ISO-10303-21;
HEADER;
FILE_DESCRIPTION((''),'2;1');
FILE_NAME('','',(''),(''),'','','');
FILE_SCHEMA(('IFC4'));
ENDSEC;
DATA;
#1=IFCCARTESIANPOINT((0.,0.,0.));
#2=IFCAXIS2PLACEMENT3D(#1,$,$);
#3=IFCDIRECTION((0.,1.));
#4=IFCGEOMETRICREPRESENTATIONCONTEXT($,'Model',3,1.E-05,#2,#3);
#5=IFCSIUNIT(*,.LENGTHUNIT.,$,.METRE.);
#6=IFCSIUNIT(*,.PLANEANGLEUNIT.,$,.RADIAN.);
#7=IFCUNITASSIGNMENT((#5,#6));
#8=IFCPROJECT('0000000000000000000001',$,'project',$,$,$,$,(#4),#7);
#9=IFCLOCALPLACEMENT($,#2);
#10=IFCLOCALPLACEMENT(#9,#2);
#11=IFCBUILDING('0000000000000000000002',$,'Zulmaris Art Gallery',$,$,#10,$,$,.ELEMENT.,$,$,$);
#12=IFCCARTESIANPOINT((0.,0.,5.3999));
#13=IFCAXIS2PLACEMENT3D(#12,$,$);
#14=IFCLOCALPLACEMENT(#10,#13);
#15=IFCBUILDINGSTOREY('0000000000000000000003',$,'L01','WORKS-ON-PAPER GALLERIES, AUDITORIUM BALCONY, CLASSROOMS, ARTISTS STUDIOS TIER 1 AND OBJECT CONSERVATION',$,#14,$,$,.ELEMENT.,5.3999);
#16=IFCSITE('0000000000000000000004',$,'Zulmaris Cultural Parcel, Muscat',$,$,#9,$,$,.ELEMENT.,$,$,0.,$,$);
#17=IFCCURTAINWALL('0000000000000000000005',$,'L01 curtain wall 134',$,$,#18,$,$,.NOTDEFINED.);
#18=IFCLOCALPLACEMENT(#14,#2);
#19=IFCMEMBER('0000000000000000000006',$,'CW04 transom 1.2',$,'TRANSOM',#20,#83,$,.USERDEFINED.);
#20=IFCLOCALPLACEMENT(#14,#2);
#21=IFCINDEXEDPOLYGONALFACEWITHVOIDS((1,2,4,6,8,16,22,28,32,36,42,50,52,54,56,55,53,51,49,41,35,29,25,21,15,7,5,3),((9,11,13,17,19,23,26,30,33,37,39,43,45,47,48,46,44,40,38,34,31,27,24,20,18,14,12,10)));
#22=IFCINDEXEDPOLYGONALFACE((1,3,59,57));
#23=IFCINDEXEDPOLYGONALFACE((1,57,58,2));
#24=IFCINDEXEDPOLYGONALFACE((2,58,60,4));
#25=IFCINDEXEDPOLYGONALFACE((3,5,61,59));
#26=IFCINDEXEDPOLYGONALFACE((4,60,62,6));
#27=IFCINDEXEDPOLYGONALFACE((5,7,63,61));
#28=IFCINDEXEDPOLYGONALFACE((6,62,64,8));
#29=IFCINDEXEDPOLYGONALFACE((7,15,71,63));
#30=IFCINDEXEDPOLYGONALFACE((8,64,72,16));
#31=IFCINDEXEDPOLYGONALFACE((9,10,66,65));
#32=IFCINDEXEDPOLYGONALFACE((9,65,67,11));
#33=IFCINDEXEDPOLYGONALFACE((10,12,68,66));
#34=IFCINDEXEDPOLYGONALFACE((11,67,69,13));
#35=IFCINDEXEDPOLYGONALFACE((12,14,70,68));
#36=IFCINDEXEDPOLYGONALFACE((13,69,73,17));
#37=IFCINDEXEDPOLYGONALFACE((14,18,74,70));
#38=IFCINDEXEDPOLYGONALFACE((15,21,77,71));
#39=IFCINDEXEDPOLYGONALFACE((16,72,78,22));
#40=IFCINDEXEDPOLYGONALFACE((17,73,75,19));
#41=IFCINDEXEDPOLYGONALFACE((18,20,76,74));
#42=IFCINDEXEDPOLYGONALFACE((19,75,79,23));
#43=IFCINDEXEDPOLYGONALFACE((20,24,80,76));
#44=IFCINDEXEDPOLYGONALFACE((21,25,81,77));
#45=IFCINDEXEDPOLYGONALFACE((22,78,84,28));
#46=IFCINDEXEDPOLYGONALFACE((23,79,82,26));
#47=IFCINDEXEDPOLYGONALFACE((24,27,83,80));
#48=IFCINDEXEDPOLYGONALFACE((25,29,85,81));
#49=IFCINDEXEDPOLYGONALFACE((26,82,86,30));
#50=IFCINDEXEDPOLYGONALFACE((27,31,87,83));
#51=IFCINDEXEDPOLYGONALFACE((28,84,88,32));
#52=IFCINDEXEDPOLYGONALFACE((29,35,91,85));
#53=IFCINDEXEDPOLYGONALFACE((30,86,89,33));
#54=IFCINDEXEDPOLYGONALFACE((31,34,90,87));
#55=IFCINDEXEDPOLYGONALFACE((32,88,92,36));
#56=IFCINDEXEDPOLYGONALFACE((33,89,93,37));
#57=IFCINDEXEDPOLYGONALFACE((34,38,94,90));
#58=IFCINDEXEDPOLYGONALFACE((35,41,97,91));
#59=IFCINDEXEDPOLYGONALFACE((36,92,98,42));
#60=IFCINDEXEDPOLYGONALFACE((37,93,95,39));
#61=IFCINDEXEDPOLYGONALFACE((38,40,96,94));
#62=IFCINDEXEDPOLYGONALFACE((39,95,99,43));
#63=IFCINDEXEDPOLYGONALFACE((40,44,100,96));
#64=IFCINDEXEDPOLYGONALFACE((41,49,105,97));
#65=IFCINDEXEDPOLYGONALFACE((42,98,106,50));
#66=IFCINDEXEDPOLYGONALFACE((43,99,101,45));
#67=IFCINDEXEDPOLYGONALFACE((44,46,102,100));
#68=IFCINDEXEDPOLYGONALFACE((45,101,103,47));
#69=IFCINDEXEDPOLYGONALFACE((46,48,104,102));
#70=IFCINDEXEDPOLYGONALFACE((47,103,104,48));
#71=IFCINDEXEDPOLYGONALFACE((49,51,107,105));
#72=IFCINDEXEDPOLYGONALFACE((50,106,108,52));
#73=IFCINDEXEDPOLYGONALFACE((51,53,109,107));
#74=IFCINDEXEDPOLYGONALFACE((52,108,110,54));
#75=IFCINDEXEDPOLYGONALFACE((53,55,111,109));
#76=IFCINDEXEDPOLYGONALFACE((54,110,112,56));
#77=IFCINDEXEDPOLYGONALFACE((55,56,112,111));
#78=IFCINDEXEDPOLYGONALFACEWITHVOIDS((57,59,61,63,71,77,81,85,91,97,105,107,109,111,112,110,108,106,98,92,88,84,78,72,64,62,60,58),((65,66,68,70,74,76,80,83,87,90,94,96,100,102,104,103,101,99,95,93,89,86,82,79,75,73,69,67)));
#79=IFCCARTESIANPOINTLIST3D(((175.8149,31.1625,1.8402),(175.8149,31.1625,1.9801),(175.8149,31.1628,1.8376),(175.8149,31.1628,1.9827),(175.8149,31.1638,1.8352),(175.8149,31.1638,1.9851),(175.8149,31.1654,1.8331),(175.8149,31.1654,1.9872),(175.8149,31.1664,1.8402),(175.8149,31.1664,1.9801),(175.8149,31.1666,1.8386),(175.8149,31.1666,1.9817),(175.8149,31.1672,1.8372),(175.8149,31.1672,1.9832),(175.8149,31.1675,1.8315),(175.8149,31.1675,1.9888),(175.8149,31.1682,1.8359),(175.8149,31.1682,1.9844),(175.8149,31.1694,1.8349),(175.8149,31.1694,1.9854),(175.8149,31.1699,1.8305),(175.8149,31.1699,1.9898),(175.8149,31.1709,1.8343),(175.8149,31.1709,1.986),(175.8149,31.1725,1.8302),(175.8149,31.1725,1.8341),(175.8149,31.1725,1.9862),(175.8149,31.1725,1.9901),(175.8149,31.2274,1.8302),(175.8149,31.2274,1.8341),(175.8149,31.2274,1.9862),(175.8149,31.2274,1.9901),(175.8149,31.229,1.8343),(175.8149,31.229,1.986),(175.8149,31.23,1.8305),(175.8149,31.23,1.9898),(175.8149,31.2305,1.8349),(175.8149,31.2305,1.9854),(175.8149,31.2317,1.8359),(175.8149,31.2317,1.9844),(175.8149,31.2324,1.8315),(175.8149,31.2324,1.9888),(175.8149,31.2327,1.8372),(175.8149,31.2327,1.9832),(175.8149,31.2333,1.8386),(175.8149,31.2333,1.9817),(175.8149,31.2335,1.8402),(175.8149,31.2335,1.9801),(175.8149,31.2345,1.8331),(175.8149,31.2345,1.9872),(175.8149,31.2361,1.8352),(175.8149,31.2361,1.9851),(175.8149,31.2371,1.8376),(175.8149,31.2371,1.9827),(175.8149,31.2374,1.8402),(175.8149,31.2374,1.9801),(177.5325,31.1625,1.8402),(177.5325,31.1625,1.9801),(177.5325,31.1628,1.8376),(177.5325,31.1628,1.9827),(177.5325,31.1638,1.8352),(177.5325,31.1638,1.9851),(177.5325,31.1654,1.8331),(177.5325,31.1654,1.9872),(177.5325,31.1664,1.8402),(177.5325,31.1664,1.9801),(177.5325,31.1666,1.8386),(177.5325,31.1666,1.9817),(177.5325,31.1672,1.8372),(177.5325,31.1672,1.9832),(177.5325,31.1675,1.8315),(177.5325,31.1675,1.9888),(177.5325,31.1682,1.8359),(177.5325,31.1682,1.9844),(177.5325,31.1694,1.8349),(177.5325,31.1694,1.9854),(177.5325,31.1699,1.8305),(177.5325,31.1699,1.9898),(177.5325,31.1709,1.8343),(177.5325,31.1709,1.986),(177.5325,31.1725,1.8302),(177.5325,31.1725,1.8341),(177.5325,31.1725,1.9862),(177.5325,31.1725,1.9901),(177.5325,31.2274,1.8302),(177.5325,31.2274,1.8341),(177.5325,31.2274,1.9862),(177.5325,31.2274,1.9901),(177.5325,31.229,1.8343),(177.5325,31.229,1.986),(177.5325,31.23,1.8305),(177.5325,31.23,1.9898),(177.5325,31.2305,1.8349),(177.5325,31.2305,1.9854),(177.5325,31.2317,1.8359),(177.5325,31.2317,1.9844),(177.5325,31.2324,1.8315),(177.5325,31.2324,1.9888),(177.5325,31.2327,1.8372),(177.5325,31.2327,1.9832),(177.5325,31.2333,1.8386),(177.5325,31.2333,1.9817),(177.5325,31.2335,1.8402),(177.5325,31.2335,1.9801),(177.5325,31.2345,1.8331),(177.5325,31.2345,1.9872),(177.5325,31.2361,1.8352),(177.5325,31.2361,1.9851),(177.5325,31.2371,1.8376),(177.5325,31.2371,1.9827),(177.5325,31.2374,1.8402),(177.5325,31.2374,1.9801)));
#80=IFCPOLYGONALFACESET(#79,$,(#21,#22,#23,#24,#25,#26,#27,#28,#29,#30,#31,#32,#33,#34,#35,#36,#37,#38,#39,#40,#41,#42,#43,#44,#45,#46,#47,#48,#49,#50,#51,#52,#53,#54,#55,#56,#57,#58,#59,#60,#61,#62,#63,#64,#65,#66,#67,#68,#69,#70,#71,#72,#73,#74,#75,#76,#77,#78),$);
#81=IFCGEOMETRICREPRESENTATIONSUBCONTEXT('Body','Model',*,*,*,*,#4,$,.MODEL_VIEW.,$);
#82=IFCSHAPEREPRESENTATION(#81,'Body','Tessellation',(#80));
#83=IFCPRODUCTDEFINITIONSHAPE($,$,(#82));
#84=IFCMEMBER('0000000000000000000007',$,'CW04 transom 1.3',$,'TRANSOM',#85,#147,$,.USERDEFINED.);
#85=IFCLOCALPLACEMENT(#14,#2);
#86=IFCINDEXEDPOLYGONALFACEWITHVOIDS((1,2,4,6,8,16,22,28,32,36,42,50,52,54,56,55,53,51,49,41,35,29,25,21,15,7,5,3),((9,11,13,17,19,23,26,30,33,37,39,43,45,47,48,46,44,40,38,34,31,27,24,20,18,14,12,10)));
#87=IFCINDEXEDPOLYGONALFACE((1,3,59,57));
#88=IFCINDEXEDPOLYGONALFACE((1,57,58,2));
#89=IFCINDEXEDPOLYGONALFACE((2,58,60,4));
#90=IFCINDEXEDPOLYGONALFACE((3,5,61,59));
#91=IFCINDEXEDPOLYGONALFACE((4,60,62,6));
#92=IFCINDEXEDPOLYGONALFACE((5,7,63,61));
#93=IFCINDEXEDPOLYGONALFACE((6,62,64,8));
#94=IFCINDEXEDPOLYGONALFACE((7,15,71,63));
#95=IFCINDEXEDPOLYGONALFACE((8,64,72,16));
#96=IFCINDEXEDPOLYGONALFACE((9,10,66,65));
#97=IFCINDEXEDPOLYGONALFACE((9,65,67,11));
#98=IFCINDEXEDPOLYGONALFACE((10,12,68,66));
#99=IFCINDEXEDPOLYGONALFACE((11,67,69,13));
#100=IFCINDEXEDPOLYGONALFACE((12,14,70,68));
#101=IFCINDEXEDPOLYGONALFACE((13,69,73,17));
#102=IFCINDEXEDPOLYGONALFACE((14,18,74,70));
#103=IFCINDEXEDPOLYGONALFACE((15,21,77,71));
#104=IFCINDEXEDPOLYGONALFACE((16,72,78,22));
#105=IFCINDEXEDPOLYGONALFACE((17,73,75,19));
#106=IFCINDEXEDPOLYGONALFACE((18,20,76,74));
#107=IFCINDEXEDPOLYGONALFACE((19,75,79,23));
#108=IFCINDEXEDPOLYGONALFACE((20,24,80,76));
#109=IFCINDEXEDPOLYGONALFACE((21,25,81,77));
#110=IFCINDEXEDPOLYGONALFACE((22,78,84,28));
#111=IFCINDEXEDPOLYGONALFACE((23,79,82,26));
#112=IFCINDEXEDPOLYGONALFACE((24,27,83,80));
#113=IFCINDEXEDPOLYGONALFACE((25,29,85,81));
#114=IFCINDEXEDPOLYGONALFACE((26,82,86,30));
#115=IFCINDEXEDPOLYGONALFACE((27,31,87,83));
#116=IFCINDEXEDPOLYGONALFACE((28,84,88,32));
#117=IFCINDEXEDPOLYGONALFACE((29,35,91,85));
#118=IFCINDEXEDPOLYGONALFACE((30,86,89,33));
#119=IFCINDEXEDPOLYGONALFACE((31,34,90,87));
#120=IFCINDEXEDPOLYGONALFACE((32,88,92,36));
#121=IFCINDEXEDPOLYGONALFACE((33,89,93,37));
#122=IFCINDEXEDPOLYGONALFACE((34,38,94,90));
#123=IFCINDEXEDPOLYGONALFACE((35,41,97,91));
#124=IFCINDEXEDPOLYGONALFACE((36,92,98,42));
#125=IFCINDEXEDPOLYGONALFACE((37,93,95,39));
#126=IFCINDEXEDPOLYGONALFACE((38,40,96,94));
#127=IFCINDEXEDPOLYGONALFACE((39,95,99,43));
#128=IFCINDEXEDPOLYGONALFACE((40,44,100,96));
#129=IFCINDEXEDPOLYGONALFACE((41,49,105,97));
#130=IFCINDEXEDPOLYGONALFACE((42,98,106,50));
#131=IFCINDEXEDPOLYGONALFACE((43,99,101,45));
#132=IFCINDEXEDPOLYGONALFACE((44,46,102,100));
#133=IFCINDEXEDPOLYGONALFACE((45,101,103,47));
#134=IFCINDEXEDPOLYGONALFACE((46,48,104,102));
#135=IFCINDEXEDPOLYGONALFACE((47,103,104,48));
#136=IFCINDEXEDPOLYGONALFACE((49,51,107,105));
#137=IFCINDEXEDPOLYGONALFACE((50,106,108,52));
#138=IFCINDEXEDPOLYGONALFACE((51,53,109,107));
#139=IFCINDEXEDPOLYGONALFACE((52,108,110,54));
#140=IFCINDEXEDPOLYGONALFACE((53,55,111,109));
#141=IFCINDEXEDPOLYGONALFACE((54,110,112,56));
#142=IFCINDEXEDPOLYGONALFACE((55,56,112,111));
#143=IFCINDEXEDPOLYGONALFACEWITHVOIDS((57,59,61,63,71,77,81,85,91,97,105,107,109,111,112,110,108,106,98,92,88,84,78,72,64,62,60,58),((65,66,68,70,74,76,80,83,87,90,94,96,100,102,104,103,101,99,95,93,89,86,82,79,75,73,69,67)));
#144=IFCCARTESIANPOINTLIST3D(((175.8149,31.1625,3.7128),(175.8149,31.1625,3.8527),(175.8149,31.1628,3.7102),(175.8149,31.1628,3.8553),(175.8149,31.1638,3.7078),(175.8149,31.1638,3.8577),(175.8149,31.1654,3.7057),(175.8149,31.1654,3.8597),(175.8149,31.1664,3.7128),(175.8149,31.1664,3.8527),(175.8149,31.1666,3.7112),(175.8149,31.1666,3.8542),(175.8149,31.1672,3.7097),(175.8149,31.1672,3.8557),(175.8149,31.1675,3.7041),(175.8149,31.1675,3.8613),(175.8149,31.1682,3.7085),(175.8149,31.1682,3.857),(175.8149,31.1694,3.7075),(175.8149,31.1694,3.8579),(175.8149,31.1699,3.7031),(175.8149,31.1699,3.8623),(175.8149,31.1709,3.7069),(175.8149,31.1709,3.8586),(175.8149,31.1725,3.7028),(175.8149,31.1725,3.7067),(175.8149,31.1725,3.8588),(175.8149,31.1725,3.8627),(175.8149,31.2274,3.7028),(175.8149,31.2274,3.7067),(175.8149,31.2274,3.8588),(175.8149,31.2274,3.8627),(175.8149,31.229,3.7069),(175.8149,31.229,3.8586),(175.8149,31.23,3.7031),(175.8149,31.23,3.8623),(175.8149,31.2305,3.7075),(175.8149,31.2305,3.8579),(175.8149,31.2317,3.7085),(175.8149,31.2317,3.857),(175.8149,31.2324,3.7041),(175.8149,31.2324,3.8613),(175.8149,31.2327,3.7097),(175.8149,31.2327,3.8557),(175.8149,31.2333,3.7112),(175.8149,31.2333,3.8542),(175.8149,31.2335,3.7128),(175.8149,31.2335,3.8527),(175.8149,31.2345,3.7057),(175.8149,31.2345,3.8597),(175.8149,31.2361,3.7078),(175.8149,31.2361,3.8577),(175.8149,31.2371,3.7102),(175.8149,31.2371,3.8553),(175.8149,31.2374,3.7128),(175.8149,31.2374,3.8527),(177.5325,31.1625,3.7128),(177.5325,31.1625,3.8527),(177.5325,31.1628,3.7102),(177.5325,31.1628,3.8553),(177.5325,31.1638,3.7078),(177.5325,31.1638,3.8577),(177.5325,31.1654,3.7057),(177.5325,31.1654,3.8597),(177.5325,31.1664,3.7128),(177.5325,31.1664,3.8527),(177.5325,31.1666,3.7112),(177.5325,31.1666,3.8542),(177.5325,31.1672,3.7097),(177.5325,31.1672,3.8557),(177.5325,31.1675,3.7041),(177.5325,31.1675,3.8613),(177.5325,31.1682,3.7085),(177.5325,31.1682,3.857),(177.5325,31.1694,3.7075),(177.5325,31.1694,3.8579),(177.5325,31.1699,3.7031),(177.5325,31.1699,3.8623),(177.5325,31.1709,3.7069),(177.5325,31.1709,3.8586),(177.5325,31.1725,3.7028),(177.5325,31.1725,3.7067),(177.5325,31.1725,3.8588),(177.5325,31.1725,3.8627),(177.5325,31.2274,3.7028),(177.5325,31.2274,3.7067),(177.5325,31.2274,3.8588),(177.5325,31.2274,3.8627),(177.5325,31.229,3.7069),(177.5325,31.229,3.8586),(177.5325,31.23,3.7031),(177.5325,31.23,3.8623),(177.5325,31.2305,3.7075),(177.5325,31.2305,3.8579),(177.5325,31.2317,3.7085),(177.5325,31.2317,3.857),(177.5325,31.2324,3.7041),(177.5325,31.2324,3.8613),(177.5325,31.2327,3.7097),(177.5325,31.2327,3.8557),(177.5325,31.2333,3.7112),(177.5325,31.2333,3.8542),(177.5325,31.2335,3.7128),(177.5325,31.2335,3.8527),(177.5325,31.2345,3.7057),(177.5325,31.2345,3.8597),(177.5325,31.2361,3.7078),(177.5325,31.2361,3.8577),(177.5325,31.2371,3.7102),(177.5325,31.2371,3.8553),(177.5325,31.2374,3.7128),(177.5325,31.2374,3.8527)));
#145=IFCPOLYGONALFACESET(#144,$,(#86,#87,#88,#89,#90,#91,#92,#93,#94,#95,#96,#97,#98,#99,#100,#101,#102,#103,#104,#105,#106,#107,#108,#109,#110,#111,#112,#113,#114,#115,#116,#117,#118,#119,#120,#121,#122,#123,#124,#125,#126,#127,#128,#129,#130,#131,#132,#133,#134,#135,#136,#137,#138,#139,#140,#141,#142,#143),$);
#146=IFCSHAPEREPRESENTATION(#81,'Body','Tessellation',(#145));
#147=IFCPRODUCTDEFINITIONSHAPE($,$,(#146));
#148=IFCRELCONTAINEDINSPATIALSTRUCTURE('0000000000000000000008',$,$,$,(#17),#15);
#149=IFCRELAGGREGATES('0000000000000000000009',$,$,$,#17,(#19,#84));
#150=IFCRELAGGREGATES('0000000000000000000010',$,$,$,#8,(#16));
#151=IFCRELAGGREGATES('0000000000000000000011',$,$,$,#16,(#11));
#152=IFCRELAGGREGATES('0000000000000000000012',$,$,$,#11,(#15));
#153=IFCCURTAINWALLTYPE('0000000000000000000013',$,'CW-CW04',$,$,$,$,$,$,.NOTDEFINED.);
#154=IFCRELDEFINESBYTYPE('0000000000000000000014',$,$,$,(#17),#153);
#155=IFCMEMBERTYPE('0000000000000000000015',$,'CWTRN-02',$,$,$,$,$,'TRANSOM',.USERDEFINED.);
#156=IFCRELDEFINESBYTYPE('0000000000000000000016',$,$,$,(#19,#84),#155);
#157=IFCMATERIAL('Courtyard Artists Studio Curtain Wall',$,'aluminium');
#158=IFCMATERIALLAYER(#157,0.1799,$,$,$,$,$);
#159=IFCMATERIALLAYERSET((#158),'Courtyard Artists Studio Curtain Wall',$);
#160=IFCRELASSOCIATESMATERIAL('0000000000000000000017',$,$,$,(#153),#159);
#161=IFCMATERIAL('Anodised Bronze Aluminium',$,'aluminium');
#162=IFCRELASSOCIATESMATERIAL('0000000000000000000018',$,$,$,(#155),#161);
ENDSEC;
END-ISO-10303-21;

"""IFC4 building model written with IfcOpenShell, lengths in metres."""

from ifc_helpers import new_model, si_unit, direction, frame, origin, origin_2d, place, context, subcontext, project, spatial, hollow_rectangle, extrude, material, layer, layer_set, material_profile, profile_set, type_object, element, aggregate, save


model = new_model("IFC4")

# Units and contexts
model_context = context("Model", 3, precision=1e-05, world=origin(), true_north=direction((0.0, 1.0)))
body_context = subcontext(model_context, "Body", "Model", "MODEL_VIEW")
ifc_project = project(units=[si_unit("LENGTHUNIT", "METRE"), si_unit("PLANEANGLEUNIT", "RADIAN")], contexts=[model_context])

# Site, building, storey
site_placement = place(None, origin())
site = spatial("IfcSite", under=ifc_project, at=site_placement, Name="Zulmaris Cultural Parcel, Muscat", CompositionType="ELEMENT", RefElevation=0.0)
building_placement = place(site_placement, origin())
building = spatial("IfcBuilding", under=site, at=building_placement, Name="Zulmaris Art Gallery", CompositionType="ELEMENT")
storey_placement = place(building_placement, frame((0.0, 0.0, 5.3999)))
storey = spatial("IfcBuildingStorey", under=building, at=storey_placement, Name="L01", Description="WORKS-ON-PAPER GALLERIES, AUDITORIUM BALCONY, CLASSROOMS, ARTISTS STUDIOS TIER 1 AND OBJECT CONSERVATION", CompositionType="ELEMENT", Elevation=5.3999)

# Shared definitions
ifc_material_1 = material(Name="Courtyard Artists Studio Curtain Wall", Category="aluminium")
ifc_layer_1 = layer(ifc_material_1, 0.1799)
ifc_layer_set_1 = layer_set([ifc_layer_1], Name="Courtyard Artists Studio Curtain Wall")
curtain_wall_type = type_object("IfcCurtainWallType", Name="CW-CW04", PredefinedType="NOTDEFINED", material=ifc_layer_set_1)
ifc_material_2 = material(Name="Anodised Bronze Aluminium", Category="aluminium")

# Curtain wall
curtain_wall_1_placement = place(storey_placement, origin())
curtain_wall_1 = element("IfcCurtainWall", 1, at=curtain_wall_1_placement, inside=storey, type_object=curtain_wall_type, Name="L01 curtain wall 134", PredefinedType="NOTDEFINED")

# Members
ifc_material_profile_1 = material_profile(ifc_material_2, hollow_rectangle(XDim=0.075, YDim=0.1599, WallThickness=0.0039, InnerFilletRadius=0.0061, OuterFilletRadius=0.01, at=origin_2d()), Name="ALU 75x160x4")
ifc_profile_set_1 = profile_set([ifc_material_profile_1], Name="Anodised Bronze Aluminium")
member_type_1 = type_object("IfcMemberType", Name="CWTRN-02", ElementType="TRANSOM", PredefinedType="USERDEFINED", material=ifc_profile_set_1)
member_1_placement = place(storey_placement, frame((175.8149, 31.2, 1.9102), z_axis=(1.0, 0.0, 0.0), x_axis=(0.0, 1.0, 0.0)))
member_1 = element("IfcMember", 2, at=member_1_placement, type_object=member_type_1, Name="CW04 transom 1.2", ObjectType="TRANSOM", PredefinedType="USERDEFINED", context=body_context, shape_type="SweptSolid", body=[
    extrude(hollow_rectangle(XDim=0.075, YDim=0.1599, WallThickness=0.0039, InnerFilletRadius=0.0061, OuterFilletRadius=0.01, at=origin_2d()), origin(), (0.0, 0.0, 1.0), 1.7175),
])
member_2_placement = place(storey_placement, frame((175.8149, 31.2, 3.7827), z_axis=(1.0, 0.0, 0.0), x_axis=(0.0, 1.0, 0.0)))
member_2 = element("IfcMember", 3, at=member_2_placement, type_object=member_type_1, Name="CW04 transom 1.3", ObjectType="TRANSOM", PredefinedType="USERDEFINED", context=body_context, shape_type="SweptSolid", body=[
    extrude(hollow_rectangle(XDim=0.075, YDim=0.1599, WallThickness=0.0039, InnerFilletRadius=0.0061, OuterFilletRadius=0.01, at=origin_2d()), origin(), (0.0, 0.0, 1.0), 1.7175),
])

aggregate(curtain_wall_1, [member_1, member_2])

save(model, "model.ifc")
